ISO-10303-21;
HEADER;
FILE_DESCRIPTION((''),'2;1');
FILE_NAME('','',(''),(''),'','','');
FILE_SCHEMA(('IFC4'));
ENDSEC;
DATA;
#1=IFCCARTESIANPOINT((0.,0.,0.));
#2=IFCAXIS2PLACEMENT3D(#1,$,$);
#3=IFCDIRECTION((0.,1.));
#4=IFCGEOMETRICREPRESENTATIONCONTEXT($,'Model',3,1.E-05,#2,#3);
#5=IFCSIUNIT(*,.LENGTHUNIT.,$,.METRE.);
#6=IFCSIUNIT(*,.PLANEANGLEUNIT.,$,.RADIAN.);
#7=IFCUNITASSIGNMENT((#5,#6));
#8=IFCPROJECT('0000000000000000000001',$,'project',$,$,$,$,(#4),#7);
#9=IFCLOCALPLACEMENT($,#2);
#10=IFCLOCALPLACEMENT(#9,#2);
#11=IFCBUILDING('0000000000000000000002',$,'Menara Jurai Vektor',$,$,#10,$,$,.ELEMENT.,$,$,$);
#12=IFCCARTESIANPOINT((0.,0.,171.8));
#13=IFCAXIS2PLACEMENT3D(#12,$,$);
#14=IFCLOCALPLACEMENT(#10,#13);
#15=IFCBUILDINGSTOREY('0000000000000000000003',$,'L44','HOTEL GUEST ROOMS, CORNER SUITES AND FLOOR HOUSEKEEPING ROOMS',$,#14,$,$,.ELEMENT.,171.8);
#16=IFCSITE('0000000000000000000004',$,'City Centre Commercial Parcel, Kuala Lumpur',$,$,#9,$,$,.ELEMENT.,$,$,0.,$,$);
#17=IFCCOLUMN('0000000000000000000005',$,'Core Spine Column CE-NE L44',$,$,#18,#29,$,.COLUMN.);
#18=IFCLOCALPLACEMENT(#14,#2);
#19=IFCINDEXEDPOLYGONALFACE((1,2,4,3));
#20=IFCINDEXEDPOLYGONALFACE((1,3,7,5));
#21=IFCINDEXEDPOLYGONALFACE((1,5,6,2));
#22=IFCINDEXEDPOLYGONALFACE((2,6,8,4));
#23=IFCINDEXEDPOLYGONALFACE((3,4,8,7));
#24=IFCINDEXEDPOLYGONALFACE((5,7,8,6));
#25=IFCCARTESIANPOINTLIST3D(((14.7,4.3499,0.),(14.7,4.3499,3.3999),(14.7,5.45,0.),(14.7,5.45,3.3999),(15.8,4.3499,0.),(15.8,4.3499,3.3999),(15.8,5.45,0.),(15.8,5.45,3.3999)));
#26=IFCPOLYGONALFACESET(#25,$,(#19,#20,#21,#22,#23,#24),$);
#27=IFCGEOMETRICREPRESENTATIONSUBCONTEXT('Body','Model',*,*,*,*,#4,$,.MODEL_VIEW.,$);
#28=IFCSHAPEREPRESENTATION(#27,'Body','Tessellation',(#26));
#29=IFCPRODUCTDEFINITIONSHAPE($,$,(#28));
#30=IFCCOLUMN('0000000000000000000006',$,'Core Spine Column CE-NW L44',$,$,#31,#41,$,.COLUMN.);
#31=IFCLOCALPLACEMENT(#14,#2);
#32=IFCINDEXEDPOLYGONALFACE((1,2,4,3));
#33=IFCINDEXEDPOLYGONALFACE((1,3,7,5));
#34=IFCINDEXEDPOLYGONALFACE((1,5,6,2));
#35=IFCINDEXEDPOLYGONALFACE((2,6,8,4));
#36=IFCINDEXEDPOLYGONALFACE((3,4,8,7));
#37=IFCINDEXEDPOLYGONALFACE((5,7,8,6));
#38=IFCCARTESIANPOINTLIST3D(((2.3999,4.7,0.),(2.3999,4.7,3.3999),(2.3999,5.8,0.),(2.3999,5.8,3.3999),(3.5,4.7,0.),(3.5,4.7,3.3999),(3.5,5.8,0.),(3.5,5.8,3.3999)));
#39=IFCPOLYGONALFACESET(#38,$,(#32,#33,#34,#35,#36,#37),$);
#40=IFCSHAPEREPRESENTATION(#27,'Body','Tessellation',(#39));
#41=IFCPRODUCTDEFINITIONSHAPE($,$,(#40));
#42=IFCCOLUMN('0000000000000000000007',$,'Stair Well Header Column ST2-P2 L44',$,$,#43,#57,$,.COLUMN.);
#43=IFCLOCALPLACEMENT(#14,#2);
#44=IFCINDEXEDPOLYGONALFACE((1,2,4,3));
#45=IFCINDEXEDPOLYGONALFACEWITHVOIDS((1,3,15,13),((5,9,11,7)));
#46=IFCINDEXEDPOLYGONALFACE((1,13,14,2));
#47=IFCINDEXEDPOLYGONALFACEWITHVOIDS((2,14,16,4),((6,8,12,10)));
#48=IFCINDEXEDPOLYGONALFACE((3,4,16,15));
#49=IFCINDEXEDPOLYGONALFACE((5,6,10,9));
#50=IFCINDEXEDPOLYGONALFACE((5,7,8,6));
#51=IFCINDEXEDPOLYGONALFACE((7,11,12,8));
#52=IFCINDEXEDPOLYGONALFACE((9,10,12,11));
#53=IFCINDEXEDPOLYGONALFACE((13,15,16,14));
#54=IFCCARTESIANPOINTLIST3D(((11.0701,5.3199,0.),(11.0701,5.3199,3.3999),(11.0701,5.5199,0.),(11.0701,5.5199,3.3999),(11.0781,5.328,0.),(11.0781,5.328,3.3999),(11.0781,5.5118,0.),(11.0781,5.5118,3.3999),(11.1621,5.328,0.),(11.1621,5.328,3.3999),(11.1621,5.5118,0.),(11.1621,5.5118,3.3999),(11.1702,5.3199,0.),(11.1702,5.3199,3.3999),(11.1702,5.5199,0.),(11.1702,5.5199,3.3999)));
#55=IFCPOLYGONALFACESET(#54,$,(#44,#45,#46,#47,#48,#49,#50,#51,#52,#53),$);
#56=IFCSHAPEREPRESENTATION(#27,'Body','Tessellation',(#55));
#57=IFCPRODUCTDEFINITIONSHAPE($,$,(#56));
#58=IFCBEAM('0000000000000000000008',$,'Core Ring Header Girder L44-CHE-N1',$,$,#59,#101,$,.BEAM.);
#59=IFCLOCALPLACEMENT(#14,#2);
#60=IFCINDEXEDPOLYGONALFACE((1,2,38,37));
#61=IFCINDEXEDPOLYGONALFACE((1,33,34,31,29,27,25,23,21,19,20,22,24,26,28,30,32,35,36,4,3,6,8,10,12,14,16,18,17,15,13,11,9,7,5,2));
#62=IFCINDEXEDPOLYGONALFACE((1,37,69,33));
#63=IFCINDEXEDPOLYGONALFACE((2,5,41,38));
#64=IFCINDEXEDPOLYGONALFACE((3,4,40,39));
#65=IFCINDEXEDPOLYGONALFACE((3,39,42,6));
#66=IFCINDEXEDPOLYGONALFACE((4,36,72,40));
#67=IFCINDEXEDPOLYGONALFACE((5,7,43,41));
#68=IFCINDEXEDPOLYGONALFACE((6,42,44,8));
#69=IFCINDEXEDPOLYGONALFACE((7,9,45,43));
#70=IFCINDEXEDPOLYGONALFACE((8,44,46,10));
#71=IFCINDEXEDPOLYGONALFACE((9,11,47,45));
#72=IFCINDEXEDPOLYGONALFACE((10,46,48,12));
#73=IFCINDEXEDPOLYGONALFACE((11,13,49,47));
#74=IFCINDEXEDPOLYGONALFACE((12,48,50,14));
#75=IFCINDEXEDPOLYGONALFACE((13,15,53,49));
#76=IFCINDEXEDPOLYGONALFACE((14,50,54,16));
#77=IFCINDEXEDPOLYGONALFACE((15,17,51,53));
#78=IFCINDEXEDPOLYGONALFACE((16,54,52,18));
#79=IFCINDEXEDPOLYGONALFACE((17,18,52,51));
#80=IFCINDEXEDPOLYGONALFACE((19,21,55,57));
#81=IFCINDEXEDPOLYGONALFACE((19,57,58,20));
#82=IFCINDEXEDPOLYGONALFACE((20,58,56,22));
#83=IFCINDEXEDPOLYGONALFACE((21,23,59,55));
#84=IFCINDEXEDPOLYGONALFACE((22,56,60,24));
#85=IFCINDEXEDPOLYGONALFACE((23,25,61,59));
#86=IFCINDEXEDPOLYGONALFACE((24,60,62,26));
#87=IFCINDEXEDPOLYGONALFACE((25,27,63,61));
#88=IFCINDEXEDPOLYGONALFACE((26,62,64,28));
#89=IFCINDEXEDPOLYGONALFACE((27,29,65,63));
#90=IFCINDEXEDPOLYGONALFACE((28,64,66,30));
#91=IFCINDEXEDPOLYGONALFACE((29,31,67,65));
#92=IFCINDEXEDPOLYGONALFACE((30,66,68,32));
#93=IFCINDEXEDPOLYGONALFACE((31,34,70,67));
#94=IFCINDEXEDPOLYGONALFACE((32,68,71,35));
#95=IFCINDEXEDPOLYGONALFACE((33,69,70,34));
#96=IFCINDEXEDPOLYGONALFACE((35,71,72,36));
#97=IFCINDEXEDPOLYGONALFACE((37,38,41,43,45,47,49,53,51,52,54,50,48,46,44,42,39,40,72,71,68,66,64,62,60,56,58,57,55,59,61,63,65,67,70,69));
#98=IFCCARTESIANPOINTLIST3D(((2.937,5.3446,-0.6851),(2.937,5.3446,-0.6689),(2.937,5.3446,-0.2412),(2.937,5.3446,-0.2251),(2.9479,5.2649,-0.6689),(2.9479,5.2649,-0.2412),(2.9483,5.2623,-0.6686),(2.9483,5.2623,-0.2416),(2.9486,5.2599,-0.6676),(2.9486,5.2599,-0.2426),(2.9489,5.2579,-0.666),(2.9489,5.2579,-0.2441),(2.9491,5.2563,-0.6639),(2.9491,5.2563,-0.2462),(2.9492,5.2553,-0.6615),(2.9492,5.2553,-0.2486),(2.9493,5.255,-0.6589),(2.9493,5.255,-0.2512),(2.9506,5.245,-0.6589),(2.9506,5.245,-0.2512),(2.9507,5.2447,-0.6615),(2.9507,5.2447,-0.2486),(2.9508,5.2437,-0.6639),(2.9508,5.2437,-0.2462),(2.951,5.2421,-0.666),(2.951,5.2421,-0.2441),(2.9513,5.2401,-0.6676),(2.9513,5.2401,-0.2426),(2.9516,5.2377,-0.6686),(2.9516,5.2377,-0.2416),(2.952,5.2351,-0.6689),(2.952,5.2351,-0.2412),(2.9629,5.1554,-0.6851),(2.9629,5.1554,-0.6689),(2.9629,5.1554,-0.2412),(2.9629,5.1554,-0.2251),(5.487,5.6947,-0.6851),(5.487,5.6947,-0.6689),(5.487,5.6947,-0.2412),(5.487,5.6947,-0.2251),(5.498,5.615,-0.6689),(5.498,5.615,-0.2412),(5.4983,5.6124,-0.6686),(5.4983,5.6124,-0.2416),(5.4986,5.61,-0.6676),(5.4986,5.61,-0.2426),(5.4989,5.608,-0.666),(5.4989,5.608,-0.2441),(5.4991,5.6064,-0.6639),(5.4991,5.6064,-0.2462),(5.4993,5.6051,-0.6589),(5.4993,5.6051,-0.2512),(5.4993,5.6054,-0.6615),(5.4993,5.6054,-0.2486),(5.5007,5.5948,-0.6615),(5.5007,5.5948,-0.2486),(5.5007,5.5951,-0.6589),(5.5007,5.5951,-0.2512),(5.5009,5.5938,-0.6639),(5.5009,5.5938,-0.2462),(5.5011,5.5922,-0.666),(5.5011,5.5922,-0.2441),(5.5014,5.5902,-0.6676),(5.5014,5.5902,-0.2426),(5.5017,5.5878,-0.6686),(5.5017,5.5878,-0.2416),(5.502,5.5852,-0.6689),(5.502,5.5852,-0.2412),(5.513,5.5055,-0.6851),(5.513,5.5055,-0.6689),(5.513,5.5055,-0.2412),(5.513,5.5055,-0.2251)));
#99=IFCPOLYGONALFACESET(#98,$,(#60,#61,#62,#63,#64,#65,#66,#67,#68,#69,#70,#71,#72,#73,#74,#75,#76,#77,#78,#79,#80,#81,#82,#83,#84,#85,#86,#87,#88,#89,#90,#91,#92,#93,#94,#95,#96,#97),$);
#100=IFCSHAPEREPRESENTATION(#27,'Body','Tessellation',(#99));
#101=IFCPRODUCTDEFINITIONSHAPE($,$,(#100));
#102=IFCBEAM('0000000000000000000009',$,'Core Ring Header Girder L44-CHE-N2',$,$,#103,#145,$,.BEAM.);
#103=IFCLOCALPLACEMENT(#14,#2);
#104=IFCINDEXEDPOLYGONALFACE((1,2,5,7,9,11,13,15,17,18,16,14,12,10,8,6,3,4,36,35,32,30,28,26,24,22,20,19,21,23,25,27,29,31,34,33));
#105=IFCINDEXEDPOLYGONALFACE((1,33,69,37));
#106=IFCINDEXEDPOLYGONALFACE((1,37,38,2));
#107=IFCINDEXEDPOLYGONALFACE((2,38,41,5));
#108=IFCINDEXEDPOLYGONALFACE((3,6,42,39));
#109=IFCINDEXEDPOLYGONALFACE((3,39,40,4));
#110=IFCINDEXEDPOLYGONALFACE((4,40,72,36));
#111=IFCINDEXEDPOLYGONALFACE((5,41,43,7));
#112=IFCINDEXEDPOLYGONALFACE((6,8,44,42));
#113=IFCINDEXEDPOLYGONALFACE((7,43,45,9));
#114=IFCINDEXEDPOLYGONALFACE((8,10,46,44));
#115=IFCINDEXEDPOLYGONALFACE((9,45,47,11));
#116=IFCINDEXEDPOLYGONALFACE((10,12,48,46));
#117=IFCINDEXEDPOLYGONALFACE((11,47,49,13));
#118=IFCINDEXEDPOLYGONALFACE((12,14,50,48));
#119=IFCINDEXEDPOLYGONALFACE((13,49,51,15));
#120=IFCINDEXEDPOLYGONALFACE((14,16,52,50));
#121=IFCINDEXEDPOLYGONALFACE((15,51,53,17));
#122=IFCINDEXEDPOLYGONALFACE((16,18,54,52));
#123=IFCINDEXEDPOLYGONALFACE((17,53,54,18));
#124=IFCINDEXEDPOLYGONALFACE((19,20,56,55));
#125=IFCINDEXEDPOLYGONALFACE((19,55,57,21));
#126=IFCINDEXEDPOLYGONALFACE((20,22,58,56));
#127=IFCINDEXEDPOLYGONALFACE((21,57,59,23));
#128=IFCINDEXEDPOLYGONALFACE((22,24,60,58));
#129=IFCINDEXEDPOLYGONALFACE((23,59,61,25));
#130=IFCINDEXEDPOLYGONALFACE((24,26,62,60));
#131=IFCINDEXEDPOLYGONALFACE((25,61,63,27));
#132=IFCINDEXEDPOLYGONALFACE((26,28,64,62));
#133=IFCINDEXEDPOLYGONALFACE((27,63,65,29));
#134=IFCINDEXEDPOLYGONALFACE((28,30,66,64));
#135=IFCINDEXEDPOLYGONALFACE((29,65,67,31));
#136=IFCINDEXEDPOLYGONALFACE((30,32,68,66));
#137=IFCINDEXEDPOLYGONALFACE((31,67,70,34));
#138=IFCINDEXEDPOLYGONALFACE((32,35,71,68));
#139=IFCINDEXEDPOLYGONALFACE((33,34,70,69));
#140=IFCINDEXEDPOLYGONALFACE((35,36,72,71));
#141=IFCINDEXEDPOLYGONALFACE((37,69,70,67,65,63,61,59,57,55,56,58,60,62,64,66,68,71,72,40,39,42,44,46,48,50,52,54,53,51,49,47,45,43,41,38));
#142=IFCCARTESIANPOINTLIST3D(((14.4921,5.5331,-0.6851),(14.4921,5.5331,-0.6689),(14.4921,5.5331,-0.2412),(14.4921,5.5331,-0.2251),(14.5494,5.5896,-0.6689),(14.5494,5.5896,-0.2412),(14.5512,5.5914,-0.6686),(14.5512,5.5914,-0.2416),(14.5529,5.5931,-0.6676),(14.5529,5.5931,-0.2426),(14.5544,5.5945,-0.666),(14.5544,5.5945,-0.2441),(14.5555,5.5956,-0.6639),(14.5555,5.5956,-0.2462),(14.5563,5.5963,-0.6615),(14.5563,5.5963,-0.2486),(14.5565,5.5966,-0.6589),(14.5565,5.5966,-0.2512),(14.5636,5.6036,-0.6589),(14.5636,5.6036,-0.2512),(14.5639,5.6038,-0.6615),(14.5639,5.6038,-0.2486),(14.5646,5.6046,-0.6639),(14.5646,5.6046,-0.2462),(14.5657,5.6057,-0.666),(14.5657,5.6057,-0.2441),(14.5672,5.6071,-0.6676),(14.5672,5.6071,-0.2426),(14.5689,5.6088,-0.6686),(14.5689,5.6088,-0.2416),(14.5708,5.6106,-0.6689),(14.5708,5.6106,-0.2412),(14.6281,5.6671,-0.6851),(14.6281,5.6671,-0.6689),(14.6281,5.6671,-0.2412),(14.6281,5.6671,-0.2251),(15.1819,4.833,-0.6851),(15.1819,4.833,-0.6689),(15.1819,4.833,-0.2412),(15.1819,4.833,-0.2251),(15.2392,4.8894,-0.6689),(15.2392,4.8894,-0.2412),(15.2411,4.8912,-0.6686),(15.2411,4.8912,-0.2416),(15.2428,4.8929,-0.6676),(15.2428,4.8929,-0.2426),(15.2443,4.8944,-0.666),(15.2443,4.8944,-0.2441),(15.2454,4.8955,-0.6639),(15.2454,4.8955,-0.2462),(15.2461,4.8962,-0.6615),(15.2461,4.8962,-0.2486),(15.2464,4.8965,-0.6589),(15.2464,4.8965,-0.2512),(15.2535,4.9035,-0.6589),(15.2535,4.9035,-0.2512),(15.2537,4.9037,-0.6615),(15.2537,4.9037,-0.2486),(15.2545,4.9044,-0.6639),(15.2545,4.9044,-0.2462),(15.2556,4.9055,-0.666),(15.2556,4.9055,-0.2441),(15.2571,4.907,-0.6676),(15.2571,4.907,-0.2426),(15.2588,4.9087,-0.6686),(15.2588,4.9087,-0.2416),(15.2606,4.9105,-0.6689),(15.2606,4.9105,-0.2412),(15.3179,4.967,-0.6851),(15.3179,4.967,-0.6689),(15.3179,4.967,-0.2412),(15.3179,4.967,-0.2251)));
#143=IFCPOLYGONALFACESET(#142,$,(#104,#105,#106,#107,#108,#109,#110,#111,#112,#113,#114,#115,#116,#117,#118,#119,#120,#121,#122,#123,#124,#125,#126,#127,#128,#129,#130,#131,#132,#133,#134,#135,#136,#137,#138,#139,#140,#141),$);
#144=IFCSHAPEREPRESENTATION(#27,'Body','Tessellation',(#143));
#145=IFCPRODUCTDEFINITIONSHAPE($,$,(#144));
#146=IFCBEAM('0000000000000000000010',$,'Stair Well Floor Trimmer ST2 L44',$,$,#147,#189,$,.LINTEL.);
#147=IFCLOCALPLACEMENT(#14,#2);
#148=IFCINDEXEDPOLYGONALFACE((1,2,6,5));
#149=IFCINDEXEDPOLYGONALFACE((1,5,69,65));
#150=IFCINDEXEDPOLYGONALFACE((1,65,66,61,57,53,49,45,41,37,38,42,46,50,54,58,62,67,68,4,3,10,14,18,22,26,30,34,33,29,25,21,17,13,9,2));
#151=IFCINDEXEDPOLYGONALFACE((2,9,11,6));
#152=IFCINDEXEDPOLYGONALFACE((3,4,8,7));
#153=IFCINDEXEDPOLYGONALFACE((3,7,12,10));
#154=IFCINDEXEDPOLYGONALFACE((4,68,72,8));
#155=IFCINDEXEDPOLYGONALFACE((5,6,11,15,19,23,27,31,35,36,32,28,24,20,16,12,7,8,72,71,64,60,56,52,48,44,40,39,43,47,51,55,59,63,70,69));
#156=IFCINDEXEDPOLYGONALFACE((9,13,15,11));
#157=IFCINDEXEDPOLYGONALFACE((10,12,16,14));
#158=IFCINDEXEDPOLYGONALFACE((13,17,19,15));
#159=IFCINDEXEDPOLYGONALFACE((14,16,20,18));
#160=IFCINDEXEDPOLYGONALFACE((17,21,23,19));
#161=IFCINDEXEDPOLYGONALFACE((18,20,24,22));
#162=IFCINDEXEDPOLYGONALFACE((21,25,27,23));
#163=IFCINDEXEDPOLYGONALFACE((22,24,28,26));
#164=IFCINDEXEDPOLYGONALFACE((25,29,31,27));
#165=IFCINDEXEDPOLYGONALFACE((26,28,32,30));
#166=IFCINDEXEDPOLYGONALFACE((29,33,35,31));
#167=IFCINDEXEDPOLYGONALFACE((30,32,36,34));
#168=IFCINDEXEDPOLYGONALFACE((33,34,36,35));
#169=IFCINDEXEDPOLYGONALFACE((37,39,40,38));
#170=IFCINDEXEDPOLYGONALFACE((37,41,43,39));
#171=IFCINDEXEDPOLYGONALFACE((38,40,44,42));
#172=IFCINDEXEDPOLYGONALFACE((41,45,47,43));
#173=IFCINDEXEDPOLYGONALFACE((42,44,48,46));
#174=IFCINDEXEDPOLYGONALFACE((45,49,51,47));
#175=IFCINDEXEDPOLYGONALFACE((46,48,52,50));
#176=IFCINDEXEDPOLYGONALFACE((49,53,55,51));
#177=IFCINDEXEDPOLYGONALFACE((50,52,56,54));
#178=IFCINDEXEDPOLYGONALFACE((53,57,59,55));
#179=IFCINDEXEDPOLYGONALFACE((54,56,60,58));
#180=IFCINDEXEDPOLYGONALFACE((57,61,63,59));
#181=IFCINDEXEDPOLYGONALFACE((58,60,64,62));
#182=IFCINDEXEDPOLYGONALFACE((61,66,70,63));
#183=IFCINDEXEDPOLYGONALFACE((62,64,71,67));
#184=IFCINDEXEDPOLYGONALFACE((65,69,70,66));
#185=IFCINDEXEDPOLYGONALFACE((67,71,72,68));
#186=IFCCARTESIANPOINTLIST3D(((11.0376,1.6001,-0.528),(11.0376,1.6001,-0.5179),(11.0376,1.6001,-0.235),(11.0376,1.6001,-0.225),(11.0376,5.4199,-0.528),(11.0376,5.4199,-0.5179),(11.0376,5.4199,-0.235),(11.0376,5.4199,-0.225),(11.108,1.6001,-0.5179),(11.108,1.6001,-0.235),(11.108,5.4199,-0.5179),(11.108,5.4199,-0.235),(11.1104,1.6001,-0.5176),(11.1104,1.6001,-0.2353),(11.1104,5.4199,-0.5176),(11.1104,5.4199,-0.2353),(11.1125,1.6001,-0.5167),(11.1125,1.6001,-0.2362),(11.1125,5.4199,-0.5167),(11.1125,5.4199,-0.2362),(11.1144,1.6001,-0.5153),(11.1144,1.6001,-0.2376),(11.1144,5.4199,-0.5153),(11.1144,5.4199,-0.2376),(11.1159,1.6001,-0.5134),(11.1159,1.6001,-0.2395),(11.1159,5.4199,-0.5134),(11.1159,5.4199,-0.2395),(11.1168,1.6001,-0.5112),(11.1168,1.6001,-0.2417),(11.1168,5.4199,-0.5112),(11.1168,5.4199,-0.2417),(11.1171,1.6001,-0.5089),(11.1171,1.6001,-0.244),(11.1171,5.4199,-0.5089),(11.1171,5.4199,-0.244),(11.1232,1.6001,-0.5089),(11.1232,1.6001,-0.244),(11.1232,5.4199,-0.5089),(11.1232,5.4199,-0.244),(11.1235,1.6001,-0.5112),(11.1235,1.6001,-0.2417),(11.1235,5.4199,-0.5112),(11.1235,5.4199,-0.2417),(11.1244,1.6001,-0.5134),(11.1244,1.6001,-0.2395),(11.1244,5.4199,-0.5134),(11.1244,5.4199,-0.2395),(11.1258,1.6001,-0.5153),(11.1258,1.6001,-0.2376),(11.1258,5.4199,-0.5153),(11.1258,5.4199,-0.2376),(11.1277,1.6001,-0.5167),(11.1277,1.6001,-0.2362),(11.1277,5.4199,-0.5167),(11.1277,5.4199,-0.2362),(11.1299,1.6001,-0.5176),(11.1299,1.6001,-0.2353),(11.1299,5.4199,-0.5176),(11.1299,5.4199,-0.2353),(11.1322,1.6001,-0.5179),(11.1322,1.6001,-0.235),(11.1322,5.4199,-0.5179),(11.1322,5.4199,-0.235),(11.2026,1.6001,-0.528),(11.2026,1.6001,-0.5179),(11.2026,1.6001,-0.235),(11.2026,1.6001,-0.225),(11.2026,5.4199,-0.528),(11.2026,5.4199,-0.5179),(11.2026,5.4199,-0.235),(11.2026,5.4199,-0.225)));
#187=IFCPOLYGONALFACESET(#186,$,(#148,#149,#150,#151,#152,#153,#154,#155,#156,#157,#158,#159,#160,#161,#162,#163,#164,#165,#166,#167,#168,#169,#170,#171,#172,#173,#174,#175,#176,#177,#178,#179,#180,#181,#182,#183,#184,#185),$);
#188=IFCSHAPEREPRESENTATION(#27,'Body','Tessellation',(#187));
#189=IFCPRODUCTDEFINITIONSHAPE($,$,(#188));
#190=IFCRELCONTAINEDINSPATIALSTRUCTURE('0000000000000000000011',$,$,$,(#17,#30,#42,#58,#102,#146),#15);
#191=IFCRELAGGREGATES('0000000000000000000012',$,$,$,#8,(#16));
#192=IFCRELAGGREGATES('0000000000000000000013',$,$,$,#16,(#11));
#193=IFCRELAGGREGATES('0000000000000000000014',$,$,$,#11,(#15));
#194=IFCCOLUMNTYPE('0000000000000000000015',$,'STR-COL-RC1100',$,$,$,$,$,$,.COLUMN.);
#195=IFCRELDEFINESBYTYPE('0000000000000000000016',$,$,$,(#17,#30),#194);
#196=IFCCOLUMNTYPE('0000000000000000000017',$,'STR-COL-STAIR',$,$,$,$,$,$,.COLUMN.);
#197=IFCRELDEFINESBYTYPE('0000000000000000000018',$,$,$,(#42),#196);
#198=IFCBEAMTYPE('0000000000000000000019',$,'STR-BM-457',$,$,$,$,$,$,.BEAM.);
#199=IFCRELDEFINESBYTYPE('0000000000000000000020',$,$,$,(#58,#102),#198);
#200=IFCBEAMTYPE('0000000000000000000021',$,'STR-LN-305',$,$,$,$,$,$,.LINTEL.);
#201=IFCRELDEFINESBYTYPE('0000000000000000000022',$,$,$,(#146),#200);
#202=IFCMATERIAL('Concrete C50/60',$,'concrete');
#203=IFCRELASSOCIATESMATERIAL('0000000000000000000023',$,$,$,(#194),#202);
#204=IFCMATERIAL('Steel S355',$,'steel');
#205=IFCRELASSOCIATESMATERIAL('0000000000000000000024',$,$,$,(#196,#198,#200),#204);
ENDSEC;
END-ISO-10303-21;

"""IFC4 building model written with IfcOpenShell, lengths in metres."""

from ifc_helpers import new_model, si_unit, direction, frame, origin, origin_2d, place, context, subcontext, project, spatial, rectangle, hollow_rectangle, i_section, extrude, material, material_profile, profile_set, type_object, element, save


model = new_model("IFC4")

# Units and contexts
model_context = context("Model", 3, precision=1e-05, world=origin(), true_north=direction((0.0, 1.0)))
body_context = subcontext(model_context, "Body", "Model", "MODEL_VIEW")
ifc_project = project(units=[si_unit("LENGTHUNIT", "METRE"), si_unit("PLANEANGLEUNIT", "RADIAN")], contexts=[model_context])

# Site, building, storey
site_placement = place(None, origin())
site = spatial("IfcSite", under=ifc_project, at=site_placement, Name="City Centre Commercial Parcel, Kuala Lumpur", CompositionType="ELEMENT", RefElevation=0.0)
building_placement = place(site_placement, origin())
building = spatial("IfcBuilding", under=site, at=building_placement, Name="Menara Jurai Vektor", CompositionType="ELEMENT")
storey_placement = place(building_placement, frame((0.0, 0.0, 171.8)))
storey = spatial("IfcBuildingStorey", under=building, at=storey_placement, Name="L44", Description="HOTEL GUEST ROOMS, CORNER SUITES AND FLOOR HOUSEKEEPING ROOMS", CompositionType="ELEMENT", Elevation=171.8)

# Columns
ifc_material_1 = material(Name="Concrete C50/60", Category="concrete")
ifc_material_profile_1 = material_profile(ifc_material_1, rectangle(XDim=1.1001, YDim=1.1001, at=origin_2d()), Name="RC 1100x1100")
ifc_profile_set_1 = profile_set([ifc_material_profile_1], Name="Concrete C50/60")
column_type_1 = type_object("IfcColumnType", Name="STR-COL-RC1100", PredefinedType="COLUMN", material=ifc_profile_set_1)
for number, where, z_axis, x_axis, name in (
    (1, (15.25, 4.8999, 0.0), (0.0, 0.0, 1.0), (1.0, 0.0, 0.0), "Core Spine Column CE-NE L44"),
    (2, (2.95, 5.25, 0.0), (0.0, 0.0, 1.0), (1.0, 0.0, 0.0), "Core Spine Column CE-NW L44"),
):
    element("IfcColumn", number, at=place(storey_placement, frame(where, z_axis=z_axis, x_axis=x_axis)), inside=storey, type_object=column_type_1, Name=name, PredefinedType="COLUMN", context=body_context, shape_type="SweptSolid", body=[
        extrude(rectangle(XDim=1.1001, YDim=1.1001, at=origin_2d()), origin(), (0.0, 0.0, 1.0), 3.3999),
    ])
ifc_material_2 = material(Name="Steel S355", Category="steel")
ifc_material_profile_2 = material_profile(ifc_material_2, hollow_rectangle(XDim=0.1001, YDim=0.2, WallThickness=0.0081, at=origin_2d()), Name="RHS 200x100x8")
ifc_profile_set_2 = profile_set([ifc_material_profile_2], Name="Steel S355")
column_type_2 = type_object("IfcColumnType", Name="STR-COL-STAIR", PredefinedType="COLUMN", material=ifc_profile_set_2)
column_placement = place(storey_placement, frame((11.1201, 5.4199, 0.0), z_axis=(0.0, 0.0, 1.0), x_axis=(1.0, 0.0, 0.0)))
element("IfcColumn", 3, at=column_placement, inside=storey, type_object=column_type_2, Name="Stair Well Header Column ST2-P2 L44", PredefinedType="COLUMN", context=body_context, shape_type="SweptSolid", body=[
    extrude(hollow_rectangle(XDim=0.1001, YDim=0.2, WallThickness=0.0081, at=origin_2d()), origin(), (0.0, 0.0, 1.0), 3.3999),
])

# Beams
ifc_material_profile_3 = material_profile(ifc_material_2, i_section(OverallWidth=0.1909, OverallDepth=0.46, WebThickness=0.01, FlangeThickness=0.0161, FilletRadius=0.01, at=origin_2d()), Name="UKB 457x191x82")
ifc_profile_set_3 = profile_set([ifc_material_profile_3], Name="Steel S355")
beam_type_1 = type_object("IfcBeamType", Name="STR-BM-457", PredefinedType="BEAM", material=ifc_profile_set_3)
beam_1_placement = place(storey_placement, frame((2.95, 5.25, -0.4551), z_axis=(0.990707, 0.136015, 0.0), x_axis=(-0.136015, 0.990707, 0.0)))
element("IfcBeam", 4, at=beam_1_placement, inside=storey, type_object=beam_type_1, Name="Core Ring Header Girder L44-CHE-N1", PredefinedType="BEAM", context=body_context, shape_type="SweptSolid", body=[
    extrude(i_section(OverallWidth=0.1909, OverallDepth=0.46, WebThickness=0.01, FlangeThickness=0.0161, FilletRadius=0.01, at=origin_2d()), origin(), (0.0, 0.0, 1.0), 2.574),
])
beam_2_placement = place(storey_placement, frame((14.5601, 5.6001, -0.4551), z_axis=(0.701872, -0.712303, 0.0), x_axis=(0.712303, 0.701872, 0.0)))
element("IfcBeam", 5, at=beam_2_placement, inside=storey, type_object=beam_type_1, Name="Core Ring Header Girder L44-CHE-N2", PredefinedType="BEAM", context=body_context, shape_type="SweptSolid", body=[
    extrude(i_section(OverallWidth=0.1909, OverallDepth=0.46, WebThickness=0.01, FlangeThickness=0.0161, FilletRadius=0.01, at=origin_2d()), origin(), (0.0, 0.0, 1.0), 0.9829),
])
ifc_material_profile_4 = material_profile(ifc_material_2, i_section(OverallWidth=0.165, OverallDepth=0.303, WebThickness=0.0061, FlangeThickness=0.01, FilletRadius=0.009, at=origin_2d()), Name="UKB 305x165x40")
ifc_profile_set_4 = profile_set([ifc_material_profile_4], Name="Steel S355")
beam_type_2 = type_object("IfcBeamType", Name="STR-LN-305", PredefinedType="LINTEL", material=ifc_profile_set_4)
beam_3_placement = place(storey_placement, frame((11.1201, 1.6001, -0.3765), z_axis=(0.0, 1.0, 0.0), x_axis=(-1.0, 0.0, 0.0)))
element("IfcBeam", 6, at=beam_3_placement, inside=storey, type_object=beam_type_2, Name="Stair Well Floor Trimmer ST2 L44", PredefinedType="LINTEL", context=body_context, shape_type="SweptSolid", body=[
    extrude(i_section(OverallWidth=0.165, OverallDepth=0.303, WebThickness=0.0061, FlangeThickness=0.01, FilletRadius=0.009, at=origin_2d()), origin(), (0.0, 0.0, 1.0), 3.8198),
])

save(model, "model.ifc")
